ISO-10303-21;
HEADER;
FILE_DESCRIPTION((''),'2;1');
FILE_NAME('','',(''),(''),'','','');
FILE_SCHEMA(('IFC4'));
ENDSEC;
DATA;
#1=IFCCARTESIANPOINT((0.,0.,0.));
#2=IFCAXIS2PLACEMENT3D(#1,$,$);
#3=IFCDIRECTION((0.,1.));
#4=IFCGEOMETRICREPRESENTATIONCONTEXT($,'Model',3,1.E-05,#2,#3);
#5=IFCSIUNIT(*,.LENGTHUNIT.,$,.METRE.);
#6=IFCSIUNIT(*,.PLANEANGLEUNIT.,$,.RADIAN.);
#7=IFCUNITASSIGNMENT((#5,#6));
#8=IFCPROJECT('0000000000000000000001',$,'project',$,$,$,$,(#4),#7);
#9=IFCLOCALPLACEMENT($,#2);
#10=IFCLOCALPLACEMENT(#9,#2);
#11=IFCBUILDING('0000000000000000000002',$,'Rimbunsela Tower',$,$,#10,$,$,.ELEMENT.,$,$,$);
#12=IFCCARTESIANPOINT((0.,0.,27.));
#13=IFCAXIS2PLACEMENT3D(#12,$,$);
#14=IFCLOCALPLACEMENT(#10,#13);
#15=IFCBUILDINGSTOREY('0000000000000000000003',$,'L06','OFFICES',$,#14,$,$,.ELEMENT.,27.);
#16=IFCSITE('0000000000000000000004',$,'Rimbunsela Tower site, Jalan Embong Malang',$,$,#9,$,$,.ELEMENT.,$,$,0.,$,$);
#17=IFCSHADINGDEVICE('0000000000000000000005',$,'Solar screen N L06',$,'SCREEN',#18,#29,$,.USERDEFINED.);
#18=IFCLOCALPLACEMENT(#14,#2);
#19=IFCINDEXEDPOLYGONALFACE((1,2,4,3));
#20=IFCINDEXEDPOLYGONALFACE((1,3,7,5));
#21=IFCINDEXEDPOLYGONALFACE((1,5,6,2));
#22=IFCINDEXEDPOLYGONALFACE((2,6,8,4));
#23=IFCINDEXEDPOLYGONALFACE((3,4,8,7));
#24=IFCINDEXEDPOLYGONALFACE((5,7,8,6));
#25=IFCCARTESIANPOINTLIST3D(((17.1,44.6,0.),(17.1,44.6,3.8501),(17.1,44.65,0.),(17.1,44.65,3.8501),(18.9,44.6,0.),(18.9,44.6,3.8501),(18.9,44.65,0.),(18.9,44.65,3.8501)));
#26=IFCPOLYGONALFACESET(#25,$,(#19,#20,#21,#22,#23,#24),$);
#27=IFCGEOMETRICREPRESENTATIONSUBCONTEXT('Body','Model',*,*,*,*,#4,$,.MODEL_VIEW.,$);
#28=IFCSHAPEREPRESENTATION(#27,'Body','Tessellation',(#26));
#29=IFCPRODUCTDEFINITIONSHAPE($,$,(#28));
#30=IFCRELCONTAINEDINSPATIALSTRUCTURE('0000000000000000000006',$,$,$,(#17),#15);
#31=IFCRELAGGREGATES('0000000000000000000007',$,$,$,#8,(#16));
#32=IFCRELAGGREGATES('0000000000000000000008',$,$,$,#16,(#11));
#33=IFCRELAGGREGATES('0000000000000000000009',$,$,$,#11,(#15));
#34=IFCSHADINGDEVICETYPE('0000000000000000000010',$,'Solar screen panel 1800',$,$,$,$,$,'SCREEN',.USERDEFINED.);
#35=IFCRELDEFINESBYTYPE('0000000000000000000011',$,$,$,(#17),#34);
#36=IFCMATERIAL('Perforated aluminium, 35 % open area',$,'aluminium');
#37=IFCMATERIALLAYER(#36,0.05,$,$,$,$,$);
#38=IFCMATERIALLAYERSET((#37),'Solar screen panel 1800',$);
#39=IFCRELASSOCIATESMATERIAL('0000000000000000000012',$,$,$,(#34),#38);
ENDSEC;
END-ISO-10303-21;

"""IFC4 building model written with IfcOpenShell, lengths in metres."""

from ifc_helpers import new_model, si_unit, direction, frame, origin, origin_2d, place, context, subcontext, project, spatial, rectangle, extrude, material, layer, layer_set, type_object, element, save


model = new_model("IFC4")

# Units and contexts
model_context = context("Model", 3, precision=1e-05, world=origin(), true_north=direction((0.0, 1.0)))
body_context = subcontext(model_context, "Body", "Model", "MODEL_VIEW")
ifc_project = project(units=[si_unit("LENGTHUNIT", "METRE"), si_unit("PLANEANGLEUNIT", "RADIAN")], contexts=[model_context])

# Site, building, storey
site_placement = place(None, origin())
site = spatial("IfcSite", under=ifc_project, at=site_placement, Name="Rimbunsela Tower site, Jalan Embong Malang", CompositionType="ELEMENT", RefElevation=0.0)
building_placement = place(site_placement, origin())
building = spatial("IfcBuilding", under=site, at=building_placement, Name="Rimbunsela Tower", CompositionType="ELEMENT")
storey_placement = place(building_placement, frame((0.0, 0.0, 27.0)))
storey = spatial("IfcBuildingStorey", under=building, at=storey_placement, Name="L06", Description="OFFICES", CompositionType="ELEMENT", Elevation=27.0)

# Shading device
ifc_material_1 = material(Name="Perforated aluminium, 35 % open area", Category="aluminium")
ifc_layer_1 = layer(ifc_material_1, 0.05)
ifc_layer_set_1 = layer_set([ifc_layer_1], Name="Solar screen panel 1800")
shading_device_type = type_object("IfcShadingDeviceType", Name="Solar screen panel 1800", ElementType="SCREEN", PredefinedType="USERDEFINED", material=ifc_layer_set_1)
for number, where, z_axis, x_axis, name in (
    (1, (18.0, 44.625, 0.0), (0.0, 0.0, 1.0), (1.0, 0.0, 0.0), "Solar screen N L06"),
):
    element("IfcShadingDevice", number, at=place(storey_placement, frame(where, z_axis=z_axis, x_axis=x_axis)), inside=storey, type_object=shading_device_type, Name=name, ObjectType="SCREEN", PredefinedType="USERDEFINED", context=body_context, shape_type="SweptSolid", body=[
        extrude(rectangle(XDim=1.8, YDim=0.05, at=origin_2d()), origin(), (0.0, 0.0, 1.0), 3.8501),
    ])

save(model, "model.ifc")
